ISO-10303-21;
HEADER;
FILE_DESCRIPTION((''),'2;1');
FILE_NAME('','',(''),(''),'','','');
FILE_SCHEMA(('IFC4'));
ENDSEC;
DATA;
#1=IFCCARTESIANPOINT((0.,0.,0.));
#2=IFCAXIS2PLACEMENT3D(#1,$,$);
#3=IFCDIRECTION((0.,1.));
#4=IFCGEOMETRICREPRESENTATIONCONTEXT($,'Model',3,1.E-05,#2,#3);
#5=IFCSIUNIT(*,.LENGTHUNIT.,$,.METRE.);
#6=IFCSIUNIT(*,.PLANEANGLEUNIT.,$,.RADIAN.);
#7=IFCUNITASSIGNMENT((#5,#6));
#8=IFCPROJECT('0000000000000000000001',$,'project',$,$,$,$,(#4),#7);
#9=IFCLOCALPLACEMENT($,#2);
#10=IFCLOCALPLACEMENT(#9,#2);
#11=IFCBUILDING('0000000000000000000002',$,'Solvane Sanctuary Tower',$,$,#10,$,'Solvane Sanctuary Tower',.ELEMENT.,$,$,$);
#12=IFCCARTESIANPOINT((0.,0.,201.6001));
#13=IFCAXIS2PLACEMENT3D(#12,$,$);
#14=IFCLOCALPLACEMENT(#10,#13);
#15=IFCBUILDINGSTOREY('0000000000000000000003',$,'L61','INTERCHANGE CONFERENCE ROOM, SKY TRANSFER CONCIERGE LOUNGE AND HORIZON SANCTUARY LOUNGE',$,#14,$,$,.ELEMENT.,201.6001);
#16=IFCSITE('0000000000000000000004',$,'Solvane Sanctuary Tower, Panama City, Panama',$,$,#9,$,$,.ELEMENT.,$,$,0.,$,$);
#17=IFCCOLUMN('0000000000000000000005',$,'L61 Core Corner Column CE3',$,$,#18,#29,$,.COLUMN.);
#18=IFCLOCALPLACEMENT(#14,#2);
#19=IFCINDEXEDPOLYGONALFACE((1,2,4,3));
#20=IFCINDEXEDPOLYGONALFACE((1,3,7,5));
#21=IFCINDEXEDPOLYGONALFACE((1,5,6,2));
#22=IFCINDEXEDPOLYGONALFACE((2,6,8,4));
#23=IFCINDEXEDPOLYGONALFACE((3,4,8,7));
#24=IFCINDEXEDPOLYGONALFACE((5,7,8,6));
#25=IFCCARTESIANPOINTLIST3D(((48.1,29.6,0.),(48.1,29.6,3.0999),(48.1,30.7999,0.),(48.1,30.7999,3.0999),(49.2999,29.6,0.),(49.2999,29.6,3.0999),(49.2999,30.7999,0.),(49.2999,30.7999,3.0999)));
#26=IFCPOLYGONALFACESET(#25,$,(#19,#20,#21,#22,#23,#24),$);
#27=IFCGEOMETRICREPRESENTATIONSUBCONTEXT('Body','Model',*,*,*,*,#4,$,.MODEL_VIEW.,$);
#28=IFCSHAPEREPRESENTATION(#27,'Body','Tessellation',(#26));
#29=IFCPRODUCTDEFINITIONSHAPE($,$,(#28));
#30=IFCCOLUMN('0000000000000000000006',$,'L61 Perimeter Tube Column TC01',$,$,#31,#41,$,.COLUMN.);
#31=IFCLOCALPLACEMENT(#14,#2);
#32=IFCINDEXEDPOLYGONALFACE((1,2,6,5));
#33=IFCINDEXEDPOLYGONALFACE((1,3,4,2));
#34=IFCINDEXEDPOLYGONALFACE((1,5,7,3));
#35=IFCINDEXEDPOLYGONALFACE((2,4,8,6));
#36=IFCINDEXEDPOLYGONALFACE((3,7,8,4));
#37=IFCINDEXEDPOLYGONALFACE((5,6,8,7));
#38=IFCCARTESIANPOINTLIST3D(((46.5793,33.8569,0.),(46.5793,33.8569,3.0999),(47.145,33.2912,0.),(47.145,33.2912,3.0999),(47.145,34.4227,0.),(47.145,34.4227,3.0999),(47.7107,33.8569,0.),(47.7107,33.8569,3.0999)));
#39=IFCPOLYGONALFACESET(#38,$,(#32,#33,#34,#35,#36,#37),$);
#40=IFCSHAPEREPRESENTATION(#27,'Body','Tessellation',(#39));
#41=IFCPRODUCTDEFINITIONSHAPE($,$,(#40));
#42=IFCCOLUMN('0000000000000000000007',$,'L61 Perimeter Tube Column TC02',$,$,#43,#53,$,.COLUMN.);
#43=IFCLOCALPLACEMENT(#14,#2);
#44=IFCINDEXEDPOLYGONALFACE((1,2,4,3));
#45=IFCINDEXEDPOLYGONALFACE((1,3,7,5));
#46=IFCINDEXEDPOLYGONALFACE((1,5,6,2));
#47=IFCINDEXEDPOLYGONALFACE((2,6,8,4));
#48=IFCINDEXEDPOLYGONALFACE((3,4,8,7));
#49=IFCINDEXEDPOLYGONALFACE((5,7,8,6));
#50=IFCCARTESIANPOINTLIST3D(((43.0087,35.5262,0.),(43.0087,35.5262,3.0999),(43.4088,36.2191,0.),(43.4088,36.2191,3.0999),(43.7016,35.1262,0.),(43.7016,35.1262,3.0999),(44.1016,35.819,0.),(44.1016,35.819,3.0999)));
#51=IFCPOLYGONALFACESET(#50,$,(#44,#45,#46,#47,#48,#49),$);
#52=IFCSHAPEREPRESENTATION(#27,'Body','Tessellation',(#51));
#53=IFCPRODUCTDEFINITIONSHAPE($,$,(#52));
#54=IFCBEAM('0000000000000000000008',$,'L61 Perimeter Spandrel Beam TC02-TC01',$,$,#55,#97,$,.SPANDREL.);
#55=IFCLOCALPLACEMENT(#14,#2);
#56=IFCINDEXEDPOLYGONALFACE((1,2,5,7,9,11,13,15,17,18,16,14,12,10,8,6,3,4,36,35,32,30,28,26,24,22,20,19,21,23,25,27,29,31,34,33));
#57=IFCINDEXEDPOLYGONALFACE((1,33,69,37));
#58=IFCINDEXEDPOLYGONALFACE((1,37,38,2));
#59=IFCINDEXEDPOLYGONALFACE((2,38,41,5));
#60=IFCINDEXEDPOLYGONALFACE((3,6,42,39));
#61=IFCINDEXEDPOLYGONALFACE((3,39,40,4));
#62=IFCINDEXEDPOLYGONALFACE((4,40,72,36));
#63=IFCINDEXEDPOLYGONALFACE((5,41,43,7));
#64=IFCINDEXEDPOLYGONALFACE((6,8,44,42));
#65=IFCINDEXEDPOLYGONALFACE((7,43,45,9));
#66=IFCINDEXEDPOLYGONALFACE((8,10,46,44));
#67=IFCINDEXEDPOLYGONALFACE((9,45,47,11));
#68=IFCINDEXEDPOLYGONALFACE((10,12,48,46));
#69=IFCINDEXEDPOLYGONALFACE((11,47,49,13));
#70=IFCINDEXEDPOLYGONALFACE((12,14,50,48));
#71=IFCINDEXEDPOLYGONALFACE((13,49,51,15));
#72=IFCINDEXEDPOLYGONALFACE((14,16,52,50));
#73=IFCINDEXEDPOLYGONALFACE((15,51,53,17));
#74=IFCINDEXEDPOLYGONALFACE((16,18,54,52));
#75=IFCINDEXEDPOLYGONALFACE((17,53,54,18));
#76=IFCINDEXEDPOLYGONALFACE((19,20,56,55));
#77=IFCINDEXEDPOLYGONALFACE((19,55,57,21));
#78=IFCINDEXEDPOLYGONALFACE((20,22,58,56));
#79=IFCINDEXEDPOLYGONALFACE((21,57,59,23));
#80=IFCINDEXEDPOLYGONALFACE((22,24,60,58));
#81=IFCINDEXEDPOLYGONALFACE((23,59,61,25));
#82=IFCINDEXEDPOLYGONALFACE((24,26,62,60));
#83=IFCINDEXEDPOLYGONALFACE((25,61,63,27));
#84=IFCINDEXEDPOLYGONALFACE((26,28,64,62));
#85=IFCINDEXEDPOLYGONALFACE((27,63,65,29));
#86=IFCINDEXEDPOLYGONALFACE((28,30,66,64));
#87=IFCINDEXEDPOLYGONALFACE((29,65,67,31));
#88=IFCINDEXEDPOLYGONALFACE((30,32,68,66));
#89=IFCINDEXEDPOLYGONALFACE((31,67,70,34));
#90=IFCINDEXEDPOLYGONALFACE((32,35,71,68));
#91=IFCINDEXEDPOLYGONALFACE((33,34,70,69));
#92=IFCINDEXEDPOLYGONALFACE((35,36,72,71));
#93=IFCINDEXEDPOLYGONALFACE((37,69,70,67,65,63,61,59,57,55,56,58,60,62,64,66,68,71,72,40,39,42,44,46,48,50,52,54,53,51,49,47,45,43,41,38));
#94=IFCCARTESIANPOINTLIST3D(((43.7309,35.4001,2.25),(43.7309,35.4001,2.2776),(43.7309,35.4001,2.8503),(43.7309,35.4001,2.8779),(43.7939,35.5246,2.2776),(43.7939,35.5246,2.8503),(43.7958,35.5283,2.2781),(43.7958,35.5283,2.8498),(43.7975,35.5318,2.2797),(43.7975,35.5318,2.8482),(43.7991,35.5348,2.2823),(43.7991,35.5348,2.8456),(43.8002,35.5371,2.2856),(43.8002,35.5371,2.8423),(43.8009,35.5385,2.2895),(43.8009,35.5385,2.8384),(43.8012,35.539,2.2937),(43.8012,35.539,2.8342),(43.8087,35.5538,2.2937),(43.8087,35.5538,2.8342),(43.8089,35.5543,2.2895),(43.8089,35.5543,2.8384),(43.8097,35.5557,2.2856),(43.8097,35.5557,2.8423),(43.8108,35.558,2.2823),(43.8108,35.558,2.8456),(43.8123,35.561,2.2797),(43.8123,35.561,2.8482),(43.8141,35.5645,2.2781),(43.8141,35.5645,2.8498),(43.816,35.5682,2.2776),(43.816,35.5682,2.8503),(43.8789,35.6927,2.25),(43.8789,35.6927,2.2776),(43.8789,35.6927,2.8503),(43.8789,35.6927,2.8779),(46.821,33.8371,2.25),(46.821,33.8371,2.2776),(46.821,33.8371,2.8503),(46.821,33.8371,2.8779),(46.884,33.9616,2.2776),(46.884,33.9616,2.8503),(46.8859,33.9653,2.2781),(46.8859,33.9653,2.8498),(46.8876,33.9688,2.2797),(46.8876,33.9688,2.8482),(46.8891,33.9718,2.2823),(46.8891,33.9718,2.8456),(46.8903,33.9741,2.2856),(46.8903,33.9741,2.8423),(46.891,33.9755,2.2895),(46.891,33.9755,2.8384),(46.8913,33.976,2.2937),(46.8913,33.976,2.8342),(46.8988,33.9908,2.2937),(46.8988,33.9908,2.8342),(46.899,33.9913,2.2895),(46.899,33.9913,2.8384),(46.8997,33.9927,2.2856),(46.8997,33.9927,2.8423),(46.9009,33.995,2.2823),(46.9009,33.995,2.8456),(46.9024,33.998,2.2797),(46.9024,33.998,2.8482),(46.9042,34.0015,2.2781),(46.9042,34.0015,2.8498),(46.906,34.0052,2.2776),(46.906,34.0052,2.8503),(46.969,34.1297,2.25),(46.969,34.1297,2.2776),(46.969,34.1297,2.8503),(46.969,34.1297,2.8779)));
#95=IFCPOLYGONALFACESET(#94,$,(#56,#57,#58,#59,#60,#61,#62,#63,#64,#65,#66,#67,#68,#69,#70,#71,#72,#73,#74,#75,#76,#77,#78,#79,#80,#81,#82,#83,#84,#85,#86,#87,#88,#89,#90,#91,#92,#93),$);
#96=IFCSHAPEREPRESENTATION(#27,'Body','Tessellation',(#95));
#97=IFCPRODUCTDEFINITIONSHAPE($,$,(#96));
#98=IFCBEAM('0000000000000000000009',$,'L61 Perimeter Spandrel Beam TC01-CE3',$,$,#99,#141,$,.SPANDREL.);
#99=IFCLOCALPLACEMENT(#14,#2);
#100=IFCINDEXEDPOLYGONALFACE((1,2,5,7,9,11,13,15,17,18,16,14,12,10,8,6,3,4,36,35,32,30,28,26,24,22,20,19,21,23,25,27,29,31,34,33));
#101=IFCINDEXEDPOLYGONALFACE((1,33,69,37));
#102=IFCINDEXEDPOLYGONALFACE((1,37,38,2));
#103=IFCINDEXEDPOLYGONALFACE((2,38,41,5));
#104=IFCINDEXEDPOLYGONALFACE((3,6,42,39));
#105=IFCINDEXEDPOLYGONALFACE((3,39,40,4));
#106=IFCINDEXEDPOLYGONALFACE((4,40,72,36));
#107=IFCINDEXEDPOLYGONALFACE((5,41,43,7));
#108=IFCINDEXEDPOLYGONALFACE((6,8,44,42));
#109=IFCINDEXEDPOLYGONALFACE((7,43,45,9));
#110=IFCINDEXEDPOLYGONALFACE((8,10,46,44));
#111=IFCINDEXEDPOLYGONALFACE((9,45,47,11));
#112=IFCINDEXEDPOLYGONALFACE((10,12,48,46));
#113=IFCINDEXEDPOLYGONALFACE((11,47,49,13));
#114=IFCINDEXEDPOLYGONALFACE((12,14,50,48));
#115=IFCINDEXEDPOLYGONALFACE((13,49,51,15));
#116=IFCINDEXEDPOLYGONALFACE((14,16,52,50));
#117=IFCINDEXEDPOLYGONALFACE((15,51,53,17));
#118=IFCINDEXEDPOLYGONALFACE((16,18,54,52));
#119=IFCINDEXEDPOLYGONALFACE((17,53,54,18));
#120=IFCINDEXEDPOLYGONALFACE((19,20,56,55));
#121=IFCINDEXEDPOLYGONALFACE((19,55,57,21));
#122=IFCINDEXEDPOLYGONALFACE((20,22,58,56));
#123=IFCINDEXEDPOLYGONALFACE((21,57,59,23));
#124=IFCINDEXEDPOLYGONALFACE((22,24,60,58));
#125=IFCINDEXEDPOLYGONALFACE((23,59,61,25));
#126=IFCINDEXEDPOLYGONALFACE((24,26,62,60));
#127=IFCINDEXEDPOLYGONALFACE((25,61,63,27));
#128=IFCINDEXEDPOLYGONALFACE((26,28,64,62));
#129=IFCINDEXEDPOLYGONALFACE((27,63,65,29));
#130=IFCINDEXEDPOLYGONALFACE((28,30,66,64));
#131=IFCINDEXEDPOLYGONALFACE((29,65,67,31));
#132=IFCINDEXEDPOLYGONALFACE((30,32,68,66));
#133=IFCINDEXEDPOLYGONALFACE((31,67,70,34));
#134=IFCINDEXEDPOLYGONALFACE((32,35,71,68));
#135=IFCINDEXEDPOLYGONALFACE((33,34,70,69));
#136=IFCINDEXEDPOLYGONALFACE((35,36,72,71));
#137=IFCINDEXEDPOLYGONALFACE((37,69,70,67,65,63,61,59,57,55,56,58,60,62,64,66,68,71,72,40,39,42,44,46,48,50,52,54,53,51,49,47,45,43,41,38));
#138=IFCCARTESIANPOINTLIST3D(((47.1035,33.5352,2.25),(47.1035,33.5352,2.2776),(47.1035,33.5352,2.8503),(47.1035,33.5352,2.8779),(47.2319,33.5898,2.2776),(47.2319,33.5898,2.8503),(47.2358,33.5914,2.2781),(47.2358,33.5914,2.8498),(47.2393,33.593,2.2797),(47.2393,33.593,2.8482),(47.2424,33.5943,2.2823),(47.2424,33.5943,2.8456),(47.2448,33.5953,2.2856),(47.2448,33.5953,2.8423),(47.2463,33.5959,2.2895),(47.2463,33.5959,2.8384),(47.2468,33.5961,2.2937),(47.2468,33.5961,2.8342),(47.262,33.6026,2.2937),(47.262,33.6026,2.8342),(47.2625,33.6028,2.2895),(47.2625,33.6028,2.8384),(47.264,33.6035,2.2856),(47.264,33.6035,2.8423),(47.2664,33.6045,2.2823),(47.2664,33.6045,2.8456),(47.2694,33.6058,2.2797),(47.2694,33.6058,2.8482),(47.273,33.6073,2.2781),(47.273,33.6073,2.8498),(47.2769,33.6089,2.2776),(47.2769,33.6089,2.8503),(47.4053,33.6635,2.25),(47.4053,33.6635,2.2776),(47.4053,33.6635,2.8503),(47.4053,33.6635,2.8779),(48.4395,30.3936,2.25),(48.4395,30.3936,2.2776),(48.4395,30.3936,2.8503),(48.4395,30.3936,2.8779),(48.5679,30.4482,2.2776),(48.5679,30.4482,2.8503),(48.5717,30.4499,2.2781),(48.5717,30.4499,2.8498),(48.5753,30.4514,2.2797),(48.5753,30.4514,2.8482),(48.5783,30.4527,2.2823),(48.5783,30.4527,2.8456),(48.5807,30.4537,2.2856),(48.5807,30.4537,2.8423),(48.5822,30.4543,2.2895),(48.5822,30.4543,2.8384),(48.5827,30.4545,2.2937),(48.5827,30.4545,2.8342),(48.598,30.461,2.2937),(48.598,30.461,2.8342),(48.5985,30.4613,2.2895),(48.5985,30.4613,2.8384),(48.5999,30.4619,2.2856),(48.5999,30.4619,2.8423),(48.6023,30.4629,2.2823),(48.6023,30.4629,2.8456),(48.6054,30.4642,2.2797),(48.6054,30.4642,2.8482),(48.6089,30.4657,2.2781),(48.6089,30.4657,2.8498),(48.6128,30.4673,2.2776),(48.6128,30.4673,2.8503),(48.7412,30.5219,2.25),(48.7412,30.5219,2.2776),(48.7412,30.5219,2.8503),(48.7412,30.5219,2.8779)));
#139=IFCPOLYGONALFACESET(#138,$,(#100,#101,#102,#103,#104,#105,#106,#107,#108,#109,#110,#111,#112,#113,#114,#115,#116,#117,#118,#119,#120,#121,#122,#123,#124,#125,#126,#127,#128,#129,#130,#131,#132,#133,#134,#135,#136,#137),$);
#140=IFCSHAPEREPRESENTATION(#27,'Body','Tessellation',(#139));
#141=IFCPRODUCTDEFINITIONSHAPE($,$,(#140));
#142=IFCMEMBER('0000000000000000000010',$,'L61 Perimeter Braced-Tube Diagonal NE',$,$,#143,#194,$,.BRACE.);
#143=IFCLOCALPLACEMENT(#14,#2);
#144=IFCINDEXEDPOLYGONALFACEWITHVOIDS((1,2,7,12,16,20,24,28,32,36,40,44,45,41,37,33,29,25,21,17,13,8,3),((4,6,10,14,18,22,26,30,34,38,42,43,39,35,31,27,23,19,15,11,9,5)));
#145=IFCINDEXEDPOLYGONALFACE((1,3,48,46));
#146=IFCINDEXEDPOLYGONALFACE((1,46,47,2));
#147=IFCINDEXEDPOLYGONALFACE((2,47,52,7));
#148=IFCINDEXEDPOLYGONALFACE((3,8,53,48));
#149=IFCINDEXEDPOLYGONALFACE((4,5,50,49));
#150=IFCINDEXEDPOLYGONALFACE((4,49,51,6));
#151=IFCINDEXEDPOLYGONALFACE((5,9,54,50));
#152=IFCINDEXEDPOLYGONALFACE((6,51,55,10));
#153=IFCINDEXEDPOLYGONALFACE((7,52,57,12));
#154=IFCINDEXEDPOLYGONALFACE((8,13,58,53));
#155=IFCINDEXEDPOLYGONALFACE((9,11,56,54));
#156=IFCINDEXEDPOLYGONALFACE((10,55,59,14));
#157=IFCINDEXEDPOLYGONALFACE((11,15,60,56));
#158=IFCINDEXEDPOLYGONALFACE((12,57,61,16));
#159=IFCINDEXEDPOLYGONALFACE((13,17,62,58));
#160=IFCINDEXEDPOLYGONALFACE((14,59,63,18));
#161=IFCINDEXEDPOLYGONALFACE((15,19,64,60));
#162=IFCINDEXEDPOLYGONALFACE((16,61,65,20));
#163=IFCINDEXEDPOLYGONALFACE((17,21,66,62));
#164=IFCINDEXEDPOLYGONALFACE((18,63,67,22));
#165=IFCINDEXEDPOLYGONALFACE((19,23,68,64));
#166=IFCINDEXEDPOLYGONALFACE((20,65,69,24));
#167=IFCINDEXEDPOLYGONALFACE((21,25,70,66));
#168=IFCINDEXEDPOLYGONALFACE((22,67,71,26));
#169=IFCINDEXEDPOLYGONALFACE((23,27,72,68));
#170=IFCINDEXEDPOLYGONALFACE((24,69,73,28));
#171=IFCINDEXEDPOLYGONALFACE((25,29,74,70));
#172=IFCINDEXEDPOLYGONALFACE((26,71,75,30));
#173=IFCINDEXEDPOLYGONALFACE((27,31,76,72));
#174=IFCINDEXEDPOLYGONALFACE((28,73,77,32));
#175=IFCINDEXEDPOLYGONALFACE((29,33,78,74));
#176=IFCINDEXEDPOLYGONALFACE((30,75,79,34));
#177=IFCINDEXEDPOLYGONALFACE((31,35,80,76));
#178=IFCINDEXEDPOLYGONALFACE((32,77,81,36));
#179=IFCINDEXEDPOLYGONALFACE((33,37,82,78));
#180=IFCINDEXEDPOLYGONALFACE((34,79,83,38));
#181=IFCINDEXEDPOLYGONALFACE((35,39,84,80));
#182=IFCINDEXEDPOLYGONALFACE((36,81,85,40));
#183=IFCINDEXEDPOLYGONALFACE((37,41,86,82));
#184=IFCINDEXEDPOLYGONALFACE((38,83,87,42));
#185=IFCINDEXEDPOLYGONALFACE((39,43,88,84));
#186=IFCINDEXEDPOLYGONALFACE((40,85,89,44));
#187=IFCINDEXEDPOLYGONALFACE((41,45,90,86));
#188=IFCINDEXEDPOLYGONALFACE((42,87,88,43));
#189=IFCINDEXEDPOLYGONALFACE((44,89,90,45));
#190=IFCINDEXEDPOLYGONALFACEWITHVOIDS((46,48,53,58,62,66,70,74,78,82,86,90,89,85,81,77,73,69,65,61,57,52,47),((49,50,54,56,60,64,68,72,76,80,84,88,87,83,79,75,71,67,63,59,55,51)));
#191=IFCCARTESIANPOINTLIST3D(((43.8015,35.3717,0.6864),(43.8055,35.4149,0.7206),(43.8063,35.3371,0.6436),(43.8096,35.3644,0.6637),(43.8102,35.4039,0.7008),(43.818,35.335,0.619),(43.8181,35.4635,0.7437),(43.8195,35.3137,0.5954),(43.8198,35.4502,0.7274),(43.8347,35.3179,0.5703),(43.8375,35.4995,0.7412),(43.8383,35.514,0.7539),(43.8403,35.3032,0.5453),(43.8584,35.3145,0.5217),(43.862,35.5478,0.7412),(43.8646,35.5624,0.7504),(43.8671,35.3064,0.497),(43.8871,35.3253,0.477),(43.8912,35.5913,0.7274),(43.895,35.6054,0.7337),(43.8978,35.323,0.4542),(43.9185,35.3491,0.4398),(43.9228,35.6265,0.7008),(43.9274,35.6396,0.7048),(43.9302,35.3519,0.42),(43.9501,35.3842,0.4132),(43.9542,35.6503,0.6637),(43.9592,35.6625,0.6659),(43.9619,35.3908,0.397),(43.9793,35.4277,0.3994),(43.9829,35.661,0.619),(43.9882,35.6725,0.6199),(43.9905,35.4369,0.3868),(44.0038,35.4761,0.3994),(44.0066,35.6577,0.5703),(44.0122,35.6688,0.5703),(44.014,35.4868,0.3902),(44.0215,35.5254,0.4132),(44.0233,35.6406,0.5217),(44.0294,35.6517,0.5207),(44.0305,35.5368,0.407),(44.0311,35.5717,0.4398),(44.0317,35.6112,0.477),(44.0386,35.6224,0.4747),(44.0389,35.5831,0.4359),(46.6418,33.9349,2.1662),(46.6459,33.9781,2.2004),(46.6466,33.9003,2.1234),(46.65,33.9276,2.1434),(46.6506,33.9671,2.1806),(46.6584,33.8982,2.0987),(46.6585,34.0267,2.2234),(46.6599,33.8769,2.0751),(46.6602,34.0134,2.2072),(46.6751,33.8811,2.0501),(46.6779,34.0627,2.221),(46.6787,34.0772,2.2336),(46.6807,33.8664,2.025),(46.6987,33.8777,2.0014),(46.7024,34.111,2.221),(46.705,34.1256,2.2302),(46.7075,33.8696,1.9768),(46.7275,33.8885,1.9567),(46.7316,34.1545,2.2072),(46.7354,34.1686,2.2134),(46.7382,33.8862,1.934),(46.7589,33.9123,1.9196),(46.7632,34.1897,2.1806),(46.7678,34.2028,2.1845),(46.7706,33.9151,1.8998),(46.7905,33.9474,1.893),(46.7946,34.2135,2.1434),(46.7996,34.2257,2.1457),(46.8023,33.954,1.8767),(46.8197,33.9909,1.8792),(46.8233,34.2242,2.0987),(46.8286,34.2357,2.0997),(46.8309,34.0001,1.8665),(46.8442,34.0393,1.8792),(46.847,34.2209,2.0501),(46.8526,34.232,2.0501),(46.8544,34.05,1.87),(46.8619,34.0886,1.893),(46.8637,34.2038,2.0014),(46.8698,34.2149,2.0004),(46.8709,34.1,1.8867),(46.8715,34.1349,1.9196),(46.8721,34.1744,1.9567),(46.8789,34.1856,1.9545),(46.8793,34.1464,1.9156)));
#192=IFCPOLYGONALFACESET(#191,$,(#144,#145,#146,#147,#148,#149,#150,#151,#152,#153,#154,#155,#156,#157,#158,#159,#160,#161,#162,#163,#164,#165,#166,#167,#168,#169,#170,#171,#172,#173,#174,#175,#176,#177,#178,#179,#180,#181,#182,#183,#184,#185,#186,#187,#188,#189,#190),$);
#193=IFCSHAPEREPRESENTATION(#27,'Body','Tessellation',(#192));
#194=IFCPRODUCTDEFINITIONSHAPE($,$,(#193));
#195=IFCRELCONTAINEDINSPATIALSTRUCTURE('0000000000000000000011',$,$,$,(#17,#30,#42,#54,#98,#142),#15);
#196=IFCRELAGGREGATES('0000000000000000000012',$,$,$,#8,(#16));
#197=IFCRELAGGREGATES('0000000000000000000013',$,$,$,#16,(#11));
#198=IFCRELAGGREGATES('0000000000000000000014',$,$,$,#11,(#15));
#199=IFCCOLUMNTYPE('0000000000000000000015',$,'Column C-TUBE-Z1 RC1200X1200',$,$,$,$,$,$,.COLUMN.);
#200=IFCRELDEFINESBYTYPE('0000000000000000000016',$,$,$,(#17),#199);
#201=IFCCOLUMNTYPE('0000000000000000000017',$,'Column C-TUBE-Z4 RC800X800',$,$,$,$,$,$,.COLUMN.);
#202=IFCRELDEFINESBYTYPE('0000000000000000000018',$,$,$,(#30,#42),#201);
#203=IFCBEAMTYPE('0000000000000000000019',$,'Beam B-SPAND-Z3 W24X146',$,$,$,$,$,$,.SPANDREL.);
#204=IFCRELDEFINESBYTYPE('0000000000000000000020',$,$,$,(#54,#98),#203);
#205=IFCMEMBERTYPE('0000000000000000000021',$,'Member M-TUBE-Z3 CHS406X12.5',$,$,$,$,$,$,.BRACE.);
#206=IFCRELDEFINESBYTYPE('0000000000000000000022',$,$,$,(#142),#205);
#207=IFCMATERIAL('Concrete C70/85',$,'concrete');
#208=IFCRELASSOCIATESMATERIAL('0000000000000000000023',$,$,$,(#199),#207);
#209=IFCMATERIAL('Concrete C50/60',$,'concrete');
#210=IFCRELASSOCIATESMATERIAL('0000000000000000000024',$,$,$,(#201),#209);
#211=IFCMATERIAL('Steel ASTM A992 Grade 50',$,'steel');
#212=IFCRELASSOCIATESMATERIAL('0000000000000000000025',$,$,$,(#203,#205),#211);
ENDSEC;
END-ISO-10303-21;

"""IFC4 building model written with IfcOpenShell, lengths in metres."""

from ifc_helpers import new_model, si_unit, direction, frame, origin, origin_2d, place, context, subcontext, project, spatial, rectangle, hollow_circle, i_section, extrude, material, material_profile, profile_set, type_object, element, save


model = new_model("IFC4")

# Units and contexts
model_context = context("Model", 3, precision=1e-05, world=origin(), true_north=direction((0.0, 1.0)))
body_context = subcontext(model_context, "Body", "Model", "MODEL_VIEW")
ifc_project = project(units=[si_unit("LENGTHUNIT", "METRE"), si_unit("PLANEANGLEUNIT", "RADIAN")], contexts=[model_context])

# Site, building, storey
site_placement = place(None, origin())
site = spatial("IfcSite", under=ifc_project, at=site_placement, Name="Solvane Sanctuary Tower, Panama City, Panama", CompositionType="ELEMENT", RefElevation=0.0)
building_placement = place(site_placement, origin())
building = spatial("IfcBuilding", under=site, at=building_placement, Name="Solvane Sanctuary Tower", LongName="Solvane Sanctuary Tower", CompositionType="ELEMENT")
storey_placement = place(building_placement, frame((0.0, 0.0, 201.6001)))
storey = spatial("IfcBuildingStorey", under=building, at=storey_placement, Name="L61", Description="INTERCHANGE CONFERENCE ROOM, SKY TRANSFER CONCIERGE LOUNGE AND HORIZON SANCTUARY LOUNGE", CompositionType="ELEMENT", Elevation=201.6001)

# Columns
ifc_material_1 = material(Name="Concrete C70/85", Category="concrete")
ifc_material_profile_1 = material_profile(ifc_material_1, rectangle(XDim=1.2, YDim=1.2, at=origin_2d()), Name="RC1200X1200")
ifc_profile_set_1 = profile_set([ifc_material_profile_1], Name="Concrete C70/85")
column_type_1 = type_object("IfcColumnType", Name="Column C-TUBE-Z1 RC1200X1200", PredefinedType="COLUMN", material=ifc_profile_set_1)
column_placement = place(storey_placement, frame((48.7, 30.2, 0.0), z_axis=(0.0, 0.0, 1.0), x_axis=(1.0, 0.0, 0.0)))
element("IfcColumn", 1, at=column_placement, inside=storey, type_object=column_type_1, Name="L61 Core Corner Column CE3", PredefinedType="COLUMN", context=body_context, shape_type="SweptSolid", body=[
    extrude(rectangle(XDim=1.2, YDim=1.2, at=origin_2d()), origin(), (0.0, 0.0, 1.0), 3.0999),
])
ifc_material_2 = material(Name="Concrete C50/60", Category="concrete")
ifc_material_profile_2 = material_profile(ifc_material_2, rectangle(XDim=0.8, YDim=0.8, at=origin_2d()), Name="RC800X800")
ifc_profile_set_2 = profile_set([ifc_material_profile_2], Name="Concrete C50/60")
column_type_2 = type_object("IfcColumnType", Name="Column C-TUBE-Z4 RC800X800", PredefinedType="COLUMN", material=ifc_profile_set_2)
for number, where, z_axis, x_axis, name in (
    (2, (47.145, 33.8569, 0.0), (0.0, 0.0, 1.0), (0.707107, 0.707107, 0.0), "L61 Perimeter Tube Column TC01"),
    (3, (43.5552, 35.6726, 0.0), (0.0, 0.0, 1.0), (0.5, 0.866025, 0.0), "L61 Perimeter Tube Column TC02"),
):
    element("IfcColumn", number, at=place(storey_placement, frame(where, z_axis=z_axis, x_axis=x_axis)), inside=storey, type_object=column_type_2, Name=name, PredefinedType="COLUMN", context=body_context, shape_type="SweptSolid", body=[
        extrude(rectangle(XDim=0.8, YDim=0.8, at=origin_2d()), origin(), (0.0, 0.0, 1.0), 3.0999),
    ])

# Beams
ifc_material_3 = material(Name="Steel ASTM A992 Grade 50", Category="steel")
ifc_material_profile_3 = material_profile(ifc_material_3, i_section(OverallWidth=0.3279, OverallDepth=0.6279, WebThickness=0.0166, FlangeThickness=0.0276, FilletRadius=0.0161, at=origin_2d()), Name="W24X146")
ifc_profile_set_3 = profile_set([ifc_material_profile_3], Name="Steel ASTM A992 Grade 50")
beam_type = type_object("IfcBeamType", Name="Beam B-SPAND-Z3 W24X146", PredefinedType="SPANDREL", material=ifc_profile_set_3)
beam_1_placement = place(storey_placement, frame((43.8049, 35.5464, 2.564), z_axis=(0.892345, -0.451354, 0.0), x_axis=(0.451354, 0.892345, 0.0)))
element("IfcBeam", 4, at=beam_1_placement, inside=storey, type_object=beam_type, Name="L61 Perimeter Spandrel Beam TC02-TC01", PredefinedType="SPANDREL", context=body_context, shape_type="SweptSolid", body=[
    extrude(i_section(OverallWidth=0.3279, OverallDepth=0.6279, WebThickness=0.0166, FlangeThickness=0.0276, FilletRadius=0.0161, at=origin_2d()), origin(), (0.0, 0.0, 1.0), 3.4629),
])
beam_2_placement = place(storey_placement, frame((47.2544, 33.5994, 2.564), z_axis=(0.391328, -0.920251, 0.0), x_axis=(0.920251, 0.391328, 0.0)))
element("IfcBeam", 5, at=beam_2_placement, inside=storey, type_object=beam_type, Name="L61 Perimeter Spandrel Beam TC01-CE3", PredefinedType="SPANDREL", context=body_context, shape_type="SweptSolid", body=[
    extrude(i_section(OverallWidth=0.3279, OverallDepth=0.6279, WebThickness=0.0166, FlangeThickness=0.0276, FilletRadius=0.0161, at=origin_2d()), origin(), (0.0, 0.0, 1.0), 3.4138),
])

# Member
ifc_material_profile_4 = material_profile(ifc_material_3, hollow_circle(Radius=0.2029, WallThickness=0.0125, at=origin_2d()), Name="CHS406X12.5")
ifc_profile_set_4 = profile_set([ifc_material_profile_4], Name="Steel ASTM A992 Grade 50")
member_type = type_object("IfcMemberType", Name="Member M-TUBE-Z3 CHS406X12.5", PredefinedType="BRACE", material=ifc_profile_set_4)
member_placement = place(storey_placement, frame((43.9207, 35.4878, 0.5703), z_axis=(0.809168, -0.409314, 0.421555), x_axis=(0.451381, 0.892331, 0.0)))
element("IfcMember", 6, at=member_placement, inside=storey, type_object=member_type, Name="L61 Perimeter Braced-Tube Diagonal NE", PredefinedType="BRACE", context=body_context, shape_type="SweptSolid", body=[
    extrude(hollow_circle(Radius=0.2029, WallThickness=0.0125, at=origin_2d()), origin(), (0.0, 0.0, 1.0), 3.5103),
])

save(model, "model.ifc")
